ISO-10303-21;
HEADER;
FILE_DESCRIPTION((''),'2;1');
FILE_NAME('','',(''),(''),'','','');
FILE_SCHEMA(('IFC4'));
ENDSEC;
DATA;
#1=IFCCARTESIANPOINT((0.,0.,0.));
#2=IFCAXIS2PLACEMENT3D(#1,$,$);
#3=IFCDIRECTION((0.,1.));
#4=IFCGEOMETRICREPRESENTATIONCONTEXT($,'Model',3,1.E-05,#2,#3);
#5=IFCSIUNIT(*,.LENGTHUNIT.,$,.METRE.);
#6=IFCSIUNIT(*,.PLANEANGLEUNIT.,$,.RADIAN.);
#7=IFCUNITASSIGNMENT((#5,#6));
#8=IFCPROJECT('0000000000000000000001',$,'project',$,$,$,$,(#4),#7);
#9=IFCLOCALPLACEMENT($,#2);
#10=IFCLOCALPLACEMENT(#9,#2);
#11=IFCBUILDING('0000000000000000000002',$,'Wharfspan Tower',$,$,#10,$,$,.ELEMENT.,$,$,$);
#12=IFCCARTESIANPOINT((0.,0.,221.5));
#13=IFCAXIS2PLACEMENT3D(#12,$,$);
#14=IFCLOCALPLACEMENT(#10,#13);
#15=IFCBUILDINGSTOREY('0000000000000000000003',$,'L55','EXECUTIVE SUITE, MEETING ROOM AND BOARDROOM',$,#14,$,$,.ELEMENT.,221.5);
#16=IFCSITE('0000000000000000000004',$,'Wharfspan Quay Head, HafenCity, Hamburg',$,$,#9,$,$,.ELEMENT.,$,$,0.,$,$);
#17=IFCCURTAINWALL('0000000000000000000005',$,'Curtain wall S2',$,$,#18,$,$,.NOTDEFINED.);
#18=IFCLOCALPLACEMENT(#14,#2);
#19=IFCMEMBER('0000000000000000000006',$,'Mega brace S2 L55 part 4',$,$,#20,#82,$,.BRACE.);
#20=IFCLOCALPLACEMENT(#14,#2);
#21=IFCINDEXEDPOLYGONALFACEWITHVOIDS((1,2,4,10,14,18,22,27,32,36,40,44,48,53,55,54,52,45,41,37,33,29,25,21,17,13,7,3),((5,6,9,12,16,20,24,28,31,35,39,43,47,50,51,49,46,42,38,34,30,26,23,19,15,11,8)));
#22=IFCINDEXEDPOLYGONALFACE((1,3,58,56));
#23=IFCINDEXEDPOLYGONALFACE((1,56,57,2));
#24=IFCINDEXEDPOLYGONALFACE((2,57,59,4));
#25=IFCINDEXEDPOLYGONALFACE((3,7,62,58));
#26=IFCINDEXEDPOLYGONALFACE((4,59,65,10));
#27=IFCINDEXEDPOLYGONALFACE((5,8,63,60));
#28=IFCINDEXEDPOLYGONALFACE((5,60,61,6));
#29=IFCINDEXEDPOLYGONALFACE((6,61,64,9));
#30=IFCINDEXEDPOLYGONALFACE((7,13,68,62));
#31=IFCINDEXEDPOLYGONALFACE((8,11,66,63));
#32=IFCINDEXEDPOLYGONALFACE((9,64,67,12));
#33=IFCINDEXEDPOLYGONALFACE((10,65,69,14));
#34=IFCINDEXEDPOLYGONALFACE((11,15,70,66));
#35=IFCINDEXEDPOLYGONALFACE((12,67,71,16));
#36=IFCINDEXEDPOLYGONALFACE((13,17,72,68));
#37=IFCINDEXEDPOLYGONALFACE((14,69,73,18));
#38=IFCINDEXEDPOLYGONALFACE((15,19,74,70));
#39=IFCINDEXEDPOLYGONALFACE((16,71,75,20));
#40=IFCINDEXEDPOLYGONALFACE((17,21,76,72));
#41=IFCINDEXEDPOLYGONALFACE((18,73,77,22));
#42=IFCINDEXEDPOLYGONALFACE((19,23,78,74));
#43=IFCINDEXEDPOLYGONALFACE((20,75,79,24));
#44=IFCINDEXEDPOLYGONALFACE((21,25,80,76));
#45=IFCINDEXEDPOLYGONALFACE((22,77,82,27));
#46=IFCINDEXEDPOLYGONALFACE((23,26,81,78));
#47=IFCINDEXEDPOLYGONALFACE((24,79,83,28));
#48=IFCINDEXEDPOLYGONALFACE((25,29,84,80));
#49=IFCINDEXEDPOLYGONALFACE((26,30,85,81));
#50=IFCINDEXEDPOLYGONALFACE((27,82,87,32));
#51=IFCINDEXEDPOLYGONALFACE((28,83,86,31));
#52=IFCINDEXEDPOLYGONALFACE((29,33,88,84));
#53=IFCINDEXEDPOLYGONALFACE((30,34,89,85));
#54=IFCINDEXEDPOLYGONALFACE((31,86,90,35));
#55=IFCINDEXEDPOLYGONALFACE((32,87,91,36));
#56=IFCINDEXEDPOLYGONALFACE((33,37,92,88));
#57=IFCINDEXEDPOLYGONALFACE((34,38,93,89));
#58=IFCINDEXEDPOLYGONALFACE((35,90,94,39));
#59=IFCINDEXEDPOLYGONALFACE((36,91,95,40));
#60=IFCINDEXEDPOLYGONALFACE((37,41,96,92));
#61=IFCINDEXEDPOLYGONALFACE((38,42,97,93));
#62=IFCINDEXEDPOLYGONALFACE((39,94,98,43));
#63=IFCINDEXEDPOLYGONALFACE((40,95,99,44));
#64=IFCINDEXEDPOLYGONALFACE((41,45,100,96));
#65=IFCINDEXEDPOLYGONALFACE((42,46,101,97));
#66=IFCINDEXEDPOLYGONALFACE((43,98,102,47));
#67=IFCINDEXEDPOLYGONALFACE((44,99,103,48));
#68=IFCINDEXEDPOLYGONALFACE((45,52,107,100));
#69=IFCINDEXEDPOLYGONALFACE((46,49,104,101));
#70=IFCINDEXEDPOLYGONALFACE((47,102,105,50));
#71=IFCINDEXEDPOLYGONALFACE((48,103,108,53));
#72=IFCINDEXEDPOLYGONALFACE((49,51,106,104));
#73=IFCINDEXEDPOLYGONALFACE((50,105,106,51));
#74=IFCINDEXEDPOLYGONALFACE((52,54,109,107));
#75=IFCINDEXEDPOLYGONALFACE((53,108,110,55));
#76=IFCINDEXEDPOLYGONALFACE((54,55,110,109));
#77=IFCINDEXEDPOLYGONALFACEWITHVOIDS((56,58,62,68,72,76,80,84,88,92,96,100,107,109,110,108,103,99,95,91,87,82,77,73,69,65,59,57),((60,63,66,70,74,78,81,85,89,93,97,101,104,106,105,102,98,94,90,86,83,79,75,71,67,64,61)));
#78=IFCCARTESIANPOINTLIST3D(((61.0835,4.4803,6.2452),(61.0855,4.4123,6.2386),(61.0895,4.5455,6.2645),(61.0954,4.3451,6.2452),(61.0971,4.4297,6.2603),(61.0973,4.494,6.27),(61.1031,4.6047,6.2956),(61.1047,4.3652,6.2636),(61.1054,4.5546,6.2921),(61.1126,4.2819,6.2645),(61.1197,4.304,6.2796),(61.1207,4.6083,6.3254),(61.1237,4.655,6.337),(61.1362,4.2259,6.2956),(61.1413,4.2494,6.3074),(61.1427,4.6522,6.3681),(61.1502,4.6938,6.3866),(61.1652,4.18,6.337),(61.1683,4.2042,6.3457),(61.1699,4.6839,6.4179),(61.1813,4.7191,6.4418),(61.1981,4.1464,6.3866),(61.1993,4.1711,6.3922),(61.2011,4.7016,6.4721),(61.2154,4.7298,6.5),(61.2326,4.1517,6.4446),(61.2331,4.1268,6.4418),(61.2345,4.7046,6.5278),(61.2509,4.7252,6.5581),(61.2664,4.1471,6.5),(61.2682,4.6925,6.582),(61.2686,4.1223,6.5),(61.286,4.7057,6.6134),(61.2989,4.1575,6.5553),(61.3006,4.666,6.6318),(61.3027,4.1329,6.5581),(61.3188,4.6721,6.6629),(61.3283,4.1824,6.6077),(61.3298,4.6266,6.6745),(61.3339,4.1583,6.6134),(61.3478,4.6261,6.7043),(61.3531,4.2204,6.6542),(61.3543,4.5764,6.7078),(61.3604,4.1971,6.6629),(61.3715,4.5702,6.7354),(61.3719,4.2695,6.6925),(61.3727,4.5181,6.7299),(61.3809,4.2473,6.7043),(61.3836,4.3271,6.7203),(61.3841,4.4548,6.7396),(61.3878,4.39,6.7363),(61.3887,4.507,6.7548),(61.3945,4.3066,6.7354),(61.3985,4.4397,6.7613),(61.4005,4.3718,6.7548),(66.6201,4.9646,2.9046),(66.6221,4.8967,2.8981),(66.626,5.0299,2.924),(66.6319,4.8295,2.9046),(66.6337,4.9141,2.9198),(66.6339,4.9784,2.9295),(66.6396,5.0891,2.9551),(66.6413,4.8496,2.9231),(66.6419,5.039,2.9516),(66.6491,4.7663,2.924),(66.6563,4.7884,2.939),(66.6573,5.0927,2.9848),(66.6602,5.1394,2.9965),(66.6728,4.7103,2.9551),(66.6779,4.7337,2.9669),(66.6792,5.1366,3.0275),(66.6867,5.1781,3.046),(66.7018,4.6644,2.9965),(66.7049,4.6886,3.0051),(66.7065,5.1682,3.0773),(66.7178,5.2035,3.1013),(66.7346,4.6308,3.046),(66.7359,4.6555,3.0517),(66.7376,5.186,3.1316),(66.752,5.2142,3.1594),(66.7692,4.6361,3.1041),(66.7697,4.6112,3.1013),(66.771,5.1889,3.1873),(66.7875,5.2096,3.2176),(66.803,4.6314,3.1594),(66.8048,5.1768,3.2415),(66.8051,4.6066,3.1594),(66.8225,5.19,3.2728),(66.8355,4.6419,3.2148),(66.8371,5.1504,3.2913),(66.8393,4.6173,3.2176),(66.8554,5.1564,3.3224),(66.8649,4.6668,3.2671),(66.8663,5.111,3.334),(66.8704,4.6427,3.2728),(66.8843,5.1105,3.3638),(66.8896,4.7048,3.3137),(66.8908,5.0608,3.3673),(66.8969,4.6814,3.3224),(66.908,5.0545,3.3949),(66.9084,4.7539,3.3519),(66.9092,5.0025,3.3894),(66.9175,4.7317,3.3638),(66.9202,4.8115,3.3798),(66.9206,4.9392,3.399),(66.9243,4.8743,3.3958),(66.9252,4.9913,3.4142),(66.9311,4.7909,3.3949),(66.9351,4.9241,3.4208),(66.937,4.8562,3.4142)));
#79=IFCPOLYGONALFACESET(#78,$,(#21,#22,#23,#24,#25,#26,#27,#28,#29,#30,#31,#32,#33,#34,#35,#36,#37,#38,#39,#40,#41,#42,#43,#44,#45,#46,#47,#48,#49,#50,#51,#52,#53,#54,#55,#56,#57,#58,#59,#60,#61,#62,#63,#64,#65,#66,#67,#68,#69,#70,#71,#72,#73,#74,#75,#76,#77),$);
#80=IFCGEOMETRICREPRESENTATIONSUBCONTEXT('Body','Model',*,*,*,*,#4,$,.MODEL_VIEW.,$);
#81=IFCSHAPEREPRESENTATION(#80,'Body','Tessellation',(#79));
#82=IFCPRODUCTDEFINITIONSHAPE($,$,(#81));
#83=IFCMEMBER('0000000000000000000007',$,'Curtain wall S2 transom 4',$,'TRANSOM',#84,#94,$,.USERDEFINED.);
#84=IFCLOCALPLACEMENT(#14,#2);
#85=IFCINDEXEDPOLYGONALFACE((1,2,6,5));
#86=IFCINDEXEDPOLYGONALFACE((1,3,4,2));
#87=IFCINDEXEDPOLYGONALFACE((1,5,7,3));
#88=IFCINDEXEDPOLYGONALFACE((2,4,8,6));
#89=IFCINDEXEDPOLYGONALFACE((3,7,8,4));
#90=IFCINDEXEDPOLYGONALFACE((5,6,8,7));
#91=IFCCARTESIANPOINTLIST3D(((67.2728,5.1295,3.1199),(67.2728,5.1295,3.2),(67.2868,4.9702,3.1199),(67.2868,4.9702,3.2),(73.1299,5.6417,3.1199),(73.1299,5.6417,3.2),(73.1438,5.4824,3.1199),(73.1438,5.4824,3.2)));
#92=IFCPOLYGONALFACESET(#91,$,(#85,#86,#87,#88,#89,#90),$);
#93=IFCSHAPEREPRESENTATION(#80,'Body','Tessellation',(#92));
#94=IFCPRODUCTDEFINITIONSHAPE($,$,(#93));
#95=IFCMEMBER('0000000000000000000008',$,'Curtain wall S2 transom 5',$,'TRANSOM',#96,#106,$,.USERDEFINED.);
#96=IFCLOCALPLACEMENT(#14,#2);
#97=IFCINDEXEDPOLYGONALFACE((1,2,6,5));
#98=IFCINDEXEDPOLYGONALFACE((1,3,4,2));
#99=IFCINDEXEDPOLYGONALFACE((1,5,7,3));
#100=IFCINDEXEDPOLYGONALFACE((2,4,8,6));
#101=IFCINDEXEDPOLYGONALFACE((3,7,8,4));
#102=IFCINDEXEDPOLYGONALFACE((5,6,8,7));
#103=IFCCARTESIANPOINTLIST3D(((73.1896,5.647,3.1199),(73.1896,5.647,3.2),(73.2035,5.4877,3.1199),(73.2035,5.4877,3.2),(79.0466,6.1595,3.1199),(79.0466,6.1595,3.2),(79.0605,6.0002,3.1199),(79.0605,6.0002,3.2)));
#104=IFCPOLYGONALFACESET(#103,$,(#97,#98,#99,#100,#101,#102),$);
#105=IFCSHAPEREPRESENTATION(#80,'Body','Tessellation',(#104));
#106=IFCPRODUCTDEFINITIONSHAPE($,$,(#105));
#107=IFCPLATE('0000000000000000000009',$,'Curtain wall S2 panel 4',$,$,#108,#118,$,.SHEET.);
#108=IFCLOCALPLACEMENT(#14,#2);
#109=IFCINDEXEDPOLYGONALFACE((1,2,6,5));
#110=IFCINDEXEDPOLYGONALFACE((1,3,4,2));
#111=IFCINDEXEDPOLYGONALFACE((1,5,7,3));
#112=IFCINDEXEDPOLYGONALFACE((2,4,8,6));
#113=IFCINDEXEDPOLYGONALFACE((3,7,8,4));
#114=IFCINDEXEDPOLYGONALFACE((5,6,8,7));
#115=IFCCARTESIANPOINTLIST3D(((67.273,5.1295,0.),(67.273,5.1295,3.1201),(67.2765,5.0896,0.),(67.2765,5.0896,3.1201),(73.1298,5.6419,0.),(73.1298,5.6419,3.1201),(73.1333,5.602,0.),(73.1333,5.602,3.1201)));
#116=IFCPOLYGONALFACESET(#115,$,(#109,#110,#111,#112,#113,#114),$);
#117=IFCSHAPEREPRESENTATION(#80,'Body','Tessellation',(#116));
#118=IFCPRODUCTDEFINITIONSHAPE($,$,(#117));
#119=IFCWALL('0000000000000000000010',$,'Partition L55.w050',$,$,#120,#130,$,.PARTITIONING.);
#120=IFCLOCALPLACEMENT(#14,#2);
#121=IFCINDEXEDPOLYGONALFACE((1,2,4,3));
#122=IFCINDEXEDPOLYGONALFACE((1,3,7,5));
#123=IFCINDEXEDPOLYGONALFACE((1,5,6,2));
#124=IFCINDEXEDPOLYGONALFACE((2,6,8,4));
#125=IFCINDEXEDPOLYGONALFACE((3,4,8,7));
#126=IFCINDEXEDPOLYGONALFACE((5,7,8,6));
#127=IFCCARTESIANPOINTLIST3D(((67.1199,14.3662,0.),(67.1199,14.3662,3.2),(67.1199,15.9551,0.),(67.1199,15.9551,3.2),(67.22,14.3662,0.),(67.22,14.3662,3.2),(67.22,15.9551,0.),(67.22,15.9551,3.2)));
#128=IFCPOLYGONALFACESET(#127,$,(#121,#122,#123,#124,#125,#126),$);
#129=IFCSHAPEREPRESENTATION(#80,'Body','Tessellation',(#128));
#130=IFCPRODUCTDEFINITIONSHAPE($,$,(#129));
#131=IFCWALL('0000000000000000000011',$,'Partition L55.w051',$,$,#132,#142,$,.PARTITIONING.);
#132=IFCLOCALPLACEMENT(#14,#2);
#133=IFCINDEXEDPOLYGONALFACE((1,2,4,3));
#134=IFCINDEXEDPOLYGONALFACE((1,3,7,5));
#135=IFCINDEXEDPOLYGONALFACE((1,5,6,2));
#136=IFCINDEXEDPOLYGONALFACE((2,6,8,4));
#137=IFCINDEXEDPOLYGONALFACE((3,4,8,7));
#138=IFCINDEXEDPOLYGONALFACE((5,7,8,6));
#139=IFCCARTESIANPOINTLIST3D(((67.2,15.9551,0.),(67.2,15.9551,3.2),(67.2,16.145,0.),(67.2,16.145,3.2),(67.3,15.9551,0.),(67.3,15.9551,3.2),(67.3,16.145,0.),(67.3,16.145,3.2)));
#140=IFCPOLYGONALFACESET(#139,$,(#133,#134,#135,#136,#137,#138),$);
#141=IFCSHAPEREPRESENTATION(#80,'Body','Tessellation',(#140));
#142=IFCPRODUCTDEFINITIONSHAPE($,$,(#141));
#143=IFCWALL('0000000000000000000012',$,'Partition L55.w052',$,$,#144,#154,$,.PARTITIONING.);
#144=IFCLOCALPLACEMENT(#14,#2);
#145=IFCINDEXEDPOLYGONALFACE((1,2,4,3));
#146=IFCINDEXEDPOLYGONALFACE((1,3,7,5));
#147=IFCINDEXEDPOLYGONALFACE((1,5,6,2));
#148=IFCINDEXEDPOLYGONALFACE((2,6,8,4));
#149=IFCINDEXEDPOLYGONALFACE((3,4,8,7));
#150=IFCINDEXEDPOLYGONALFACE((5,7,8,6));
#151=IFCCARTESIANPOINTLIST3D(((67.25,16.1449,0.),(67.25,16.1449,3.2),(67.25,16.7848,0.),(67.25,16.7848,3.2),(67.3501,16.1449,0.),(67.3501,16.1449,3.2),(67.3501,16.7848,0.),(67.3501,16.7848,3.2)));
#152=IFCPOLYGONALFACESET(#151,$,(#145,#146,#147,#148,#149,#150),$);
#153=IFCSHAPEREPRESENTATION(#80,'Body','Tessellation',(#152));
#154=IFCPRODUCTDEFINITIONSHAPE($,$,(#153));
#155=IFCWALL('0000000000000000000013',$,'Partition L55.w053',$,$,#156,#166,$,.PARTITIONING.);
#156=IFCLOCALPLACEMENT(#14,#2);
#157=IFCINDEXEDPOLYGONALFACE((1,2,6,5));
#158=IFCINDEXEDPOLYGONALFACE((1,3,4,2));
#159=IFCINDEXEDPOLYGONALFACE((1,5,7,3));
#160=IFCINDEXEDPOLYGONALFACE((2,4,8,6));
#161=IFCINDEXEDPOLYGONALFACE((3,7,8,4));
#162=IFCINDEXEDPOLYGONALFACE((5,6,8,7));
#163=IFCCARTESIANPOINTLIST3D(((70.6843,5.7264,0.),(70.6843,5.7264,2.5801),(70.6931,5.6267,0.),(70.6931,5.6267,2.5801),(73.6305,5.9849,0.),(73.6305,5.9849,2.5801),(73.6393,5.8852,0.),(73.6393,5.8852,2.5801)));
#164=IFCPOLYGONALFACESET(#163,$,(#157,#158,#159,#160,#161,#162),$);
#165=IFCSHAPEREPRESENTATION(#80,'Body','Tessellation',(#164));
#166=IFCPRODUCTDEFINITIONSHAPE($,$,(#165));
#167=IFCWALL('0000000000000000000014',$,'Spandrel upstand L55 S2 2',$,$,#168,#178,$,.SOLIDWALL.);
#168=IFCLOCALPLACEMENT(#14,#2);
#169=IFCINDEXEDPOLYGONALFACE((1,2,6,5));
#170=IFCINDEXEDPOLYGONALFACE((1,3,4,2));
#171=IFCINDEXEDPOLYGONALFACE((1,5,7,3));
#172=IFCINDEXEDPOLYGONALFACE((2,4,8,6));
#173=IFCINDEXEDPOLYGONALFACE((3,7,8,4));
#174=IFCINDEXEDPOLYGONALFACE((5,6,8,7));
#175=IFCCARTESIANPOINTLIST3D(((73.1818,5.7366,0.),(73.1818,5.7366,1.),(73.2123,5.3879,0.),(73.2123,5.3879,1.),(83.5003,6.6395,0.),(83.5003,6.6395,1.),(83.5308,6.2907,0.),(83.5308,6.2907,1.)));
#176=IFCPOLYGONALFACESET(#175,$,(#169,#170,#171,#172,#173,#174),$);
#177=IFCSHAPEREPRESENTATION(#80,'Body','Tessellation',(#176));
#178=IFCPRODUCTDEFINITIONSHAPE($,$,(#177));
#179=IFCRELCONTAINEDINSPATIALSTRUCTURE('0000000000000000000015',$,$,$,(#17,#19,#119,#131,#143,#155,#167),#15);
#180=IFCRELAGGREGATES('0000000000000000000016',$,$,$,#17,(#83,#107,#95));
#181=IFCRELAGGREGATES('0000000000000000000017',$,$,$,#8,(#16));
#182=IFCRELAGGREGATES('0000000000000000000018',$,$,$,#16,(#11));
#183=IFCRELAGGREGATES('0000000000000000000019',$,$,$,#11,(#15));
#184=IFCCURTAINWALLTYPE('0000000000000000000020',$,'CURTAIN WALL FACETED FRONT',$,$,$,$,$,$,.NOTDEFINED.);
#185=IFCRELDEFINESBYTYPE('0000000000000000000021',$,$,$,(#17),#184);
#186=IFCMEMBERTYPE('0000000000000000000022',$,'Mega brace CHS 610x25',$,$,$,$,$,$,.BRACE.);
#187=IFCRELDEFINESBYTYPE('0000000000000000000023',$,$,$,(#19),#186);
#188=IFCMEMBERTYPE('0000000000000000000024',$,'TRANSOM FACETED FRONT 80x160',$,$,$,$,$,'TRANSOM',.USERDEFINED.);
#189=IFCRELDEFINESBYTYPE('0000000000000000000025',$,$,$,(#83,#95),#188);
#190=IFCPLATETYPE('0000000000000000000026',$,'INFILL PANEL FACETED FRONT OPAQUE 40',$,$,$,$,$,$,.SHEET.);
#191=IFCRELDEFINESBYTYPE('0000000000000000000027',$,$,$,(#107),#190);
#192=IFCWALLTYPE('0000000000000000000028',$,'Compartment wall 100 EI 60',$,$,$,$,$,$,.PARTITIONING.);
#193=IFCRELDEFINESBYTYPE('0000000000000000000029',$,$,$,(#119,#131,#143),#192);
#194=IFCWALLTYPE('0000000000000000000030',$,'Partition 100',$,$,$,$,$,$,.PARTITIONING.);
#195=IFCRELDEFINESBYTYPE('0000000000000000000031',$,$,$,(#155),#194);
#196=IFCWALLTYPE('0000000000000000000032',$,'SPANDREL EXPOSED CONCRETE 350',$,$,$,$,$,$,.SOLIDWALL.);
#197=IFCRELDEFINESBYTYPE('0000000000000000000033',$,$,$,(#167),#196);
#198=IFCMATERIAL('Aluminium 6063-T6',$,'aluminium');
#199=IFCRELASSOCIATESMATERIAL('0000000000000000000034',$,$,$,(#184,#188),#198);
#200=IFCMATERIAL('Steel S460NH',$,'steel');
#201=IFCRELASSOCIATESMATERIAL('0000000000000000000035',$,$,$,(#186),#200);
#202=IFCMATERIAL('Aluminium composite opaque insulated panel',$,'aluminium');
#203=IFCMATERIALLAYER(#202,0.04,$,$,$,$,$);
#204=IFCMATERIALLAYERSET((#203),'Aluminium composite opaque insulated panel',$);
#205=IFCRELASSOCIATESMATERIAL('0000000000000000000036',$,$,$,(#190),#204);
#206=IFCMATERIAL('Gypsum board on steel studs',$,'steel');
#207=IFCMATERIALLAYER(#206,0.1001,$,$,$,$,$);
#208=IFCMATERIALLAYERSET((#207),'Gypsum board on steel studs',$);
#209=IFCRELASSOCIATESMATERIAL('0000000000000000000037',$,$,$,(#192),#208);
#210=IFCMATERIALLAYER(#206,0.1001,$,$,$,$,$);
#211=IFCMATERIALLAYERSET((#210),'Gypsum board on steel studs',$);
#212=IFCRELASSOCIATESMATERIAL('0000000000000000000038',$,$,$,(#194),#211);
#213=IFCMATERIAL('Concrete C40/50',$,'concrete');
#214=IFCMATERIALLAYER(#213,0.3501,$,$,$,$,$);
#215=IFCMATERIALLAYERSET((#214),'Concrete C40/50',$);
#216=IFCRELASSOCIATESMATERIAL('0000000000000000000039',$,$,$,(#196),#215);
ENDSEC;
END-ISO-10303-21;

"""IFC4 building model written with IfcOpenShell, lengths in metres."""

from ifc_helpers import new_model, si_unit, direction, frame, frame_2d, origin, origin_2d, place, context, subcontext, project, spatial, rectangle, hollow_circle, extrude, material, layer, layer_set, material_profile, profile_set, type_object, element, aggregate, save


model = new_model("IFC4")

# Units and contexts
model_context = context("Model", 3, precision=1e-05, world=origin(), true_north=direction((0.0, 1.0)))
body_context = subcontext(model_context, "Body", "Model", "MODEL_VIEW")
ifc_project = project(units=[si_unit("LENGTHUNIT", "METRE"), si_unit("PLANEANGLEUNIT", "RADIAN")], contexts=[model_context])

# Site, building, storey
site_placement = place(None, origin())
site = spatial("IfcSite", under=ifc_project, at=site_placement, Name="Wharfspan Quay Head, HafenCity, Hamburg", CompositionType="ELEMENT", RefElevation=0.0)
building_placement = place(site_placement, origin())
building = spatial("IfcBuilding", under=site, at=building_placement, Name="Wharfspan Tower", CompositionType="ELEMENT")
storey_placement = place(building_placement, frame((0.0, 0.0, 221.5)))
storey = spatial("IfcBuildingStorey", under=building, at=storey_placement, Name="L55", Description="EXECUTIVE SUITE, MEETING ROOM AND BOARDROOM", CompositionType="ELEMENT", Elevation=221.5)

# Curtain wall
ifc_material_1 = material(Name="Aluminium 6063-T6", Category="aluminium")
curtain_wall_type = type_object("IfcCurtainWallType", Name="CURTAIN WALL FACETED FRONT", PredefinedType="NOTDEFINED", material=ifc_material_1)
curtain_wall_placement = place(storey_placement, origin())
curtain_wall = element("IfcCurtainWall", 1, at=curtain_wall_placement, inside=storey, type_object=curtain_wall_type, Name="Curtain wall S2", PredefinedType="NOTDEFINED")

# Member
ifc_material_2 = material(Name="Steel S460NH", Category="steel")
ifc_material_profile_1 = material_profile(ifc_material_2, hollow_circle(Radius=0.3049, WallThickness=0.0249, at=origin_2d()))
ifc_profile_set_1 = profile_set([ifc_material_profile_1], Name="Steel S460NH")
member_type_1 = type_object("IfcMemberType", Name="Mega brace CHS 610x25", PredefinedType="BRACE", material=ifc_profile_set_1)
for number, where, z_axis, x_axis, name in (
    (2, (66.7786, 4.9104, 3.1594), (-0.853829, -0.074698, 0.515166), (0.087155, -0.996197, 0.000003), "Mega brace S2 L55 part 4"),
):
    element("IfcMember", number, at=place(storey_placement, frame(where, z_axis=z_axis, x_axis=x_axis)), inside=storey, type_object=member_type_1, Name=name, PredefinedType="BRACE", context=body_context, shape_type="SweptSolid", body=[
        extrude(hollow_circle(Radius=0.3049, WallThickness=0.0249, at=origin_2d()), origin(), (0.0, 0.0, 1.0), 6.4844),
    ])

# Members
ifc_material_profile_2 = material_profile(ifc_material_1, rectangle(XDim=0.1599, YDim=0.0801, at=origin_2d()))
ifc_profile_set_2 = profile_set([ifc_material_profile_2], Name="Aluminium 6063-T6")
member_type_2 = type_object("IfcMemberType", Name="TRANSOM FACETED FRONT 80x160", ElementType="TRANSOM", PredefinedType="USERDEFINED", material=ifc_profile_set_2)
member_1_placement = place(storey_placement, frame((67.2798, 5.0498, 3.1599), z_axis=(0.996198, 0.087121, 0.0), x_axis=(-0.087121, 0.996198, 0.0)))
member_1 = element("IfcMember", 3, at=member_1_placement, type_object=member_type_2, Name="Curtain wall S2 transom 4", ObjectType="TRANSOM", PredefinedType="USERDEFINED", context=body_context, shape_type="SweptSolid", body=[
    extrude(rectangle(XDim=0.1599, YDim=0.0801, at=origin_2d()), origin(), (0.0, 0.0, 1.0), 5.8794),
])
member_2_placement = place(storey_placement, frame((73.1965, 5.5674, 3.1599), z_axis=(0.996194, 0.087162, 0.0), x_axis=(-0.087162, 0.996194, 0.0)))
member_2 = element("IfcMember", 4, at=member_2_placement, type_object=member_type_2, Name="Curtain wall S2 transom 5", ObjectType="TRANSOM", PredefinedType="USERDEFINED", context=body_context, shape_type="SweptSolid", body=[
    extrude(rectangle(XDim=0.1599, YDim=0.0801, at=origin_2d()), origin(), (0.0, 0.0, 1.0), 5.8794),
])

# Plate
ifc_material_3 = material(Name="Aluminium composite opaque insulated panel", Category="aluminium")
ifc_layer_1 = layer(ifc_material_3, 0.04)
ifc_layer_set_1 = layer_set([ifc_layer_1], Name="Aluminium composite opaque insulated panel")
plate_type = type_object("IfcPlateType", Name="INFILL PANEL FACETED FRONT OPAQUE 40", PredefinedType="SHEET", material=ifc_layer_set_1)
plate_placement = place(storey_placement, frame((70.2031, 5.3657, 0.0), z_axis=(0.0, 0.0, 1.0), x_axis=(0.996197, 0.087156, 0.0)))
plate = element("IfcPlate", 5, at=plate_placement, type_object=plate_type, Name="Curtain wall S2 panel 4", PredefinedType="SHEET", context=body_context, shape_type="SweptSolid", body=[
    extrude(rectangle(XDim=5.8792, YDim=0.04, at=origin_2d()), origin(), (0.0, 0.0, 1.0), 3.1201),
])
aggregate(curtain_wall, [member_1, plate, member_2])

# Walls
ifc_material_4 = material(Name="Gypsum board on steel studs", Category="steel")
ifc_layer_2 = layer(ifc_material_4, 0.1001)
ifc_layer_set_2 = layer_set([ifc_layer_2], Name="Gypsum board on steel studs")
wall_type_1 = type_object("IfcWallType", Name="Compartment wall 100 EI 60", PredefinedType="PARTITIONING", material=ifc_layer_set_2)
wall_1_placement = place(storey_placement, frame((67.1699, 14.3662, 0.0), z_axis=(0.0, 0.0, 1.0), x_axis=(0.0, 1.0, 0.0)))
element("IfcWall", 6, at=wall_1_placement, inside=storey, type_object=wall_type_1, Name="Partition L55.w050", PredefinedType="PARTITIONING", context=body_context, shape_type="SweptSolid", body=[
    extrude(rectangle(XDim=1.5889, YDim=0.1001, at=frame_2d((0.7944, 0.0))), origin(), (0.0, 0.0, 1.0), 3.2),
])
wall_2_placement = place(storey_placement, frame((67.25, 15.9551, 0.0), z_axis=(0.0, 0.0, 1.0), x_axis=(0.0, 1.0, 0.0)))
element("IfcWall", 7, at=wall_2_placement, inside=storey, type_object=wall_type_1, Name="Partition L55.w051", PredefinedType="PARTITIONING", context=body_context, shape_type="SweptSolid", body=[
    extrude(rectangle(XDim=0.1899, YDim=0.1001, at=frame_2d((0.095, 0.0))), origin(), (0.0, 0.0, 1.0), 3.2),
])
wall_3_placement = place(storey_placement, frame((67.3, 16.145, 0.0), z_axis=(0.0, 0.0, 1.0), x_axis=(0.0, 1.0, 0.0)))
element("IfcWall", 8, at=wall_3_placement, inside=storey, type_object=wall_type_1, Name="Partition L55.w052", PredefinedType="PARTITIONING", context=body_context, shape_type="SweptSolid", body=[
    extrude(rectangle(XDim=0.6399, YDim=0.1001, at=frame_2d((0.3198, 0.0))), origin(), (0.0, 0.0, 1.0), 3.2),
])
ifc_layer_3 = layer(ifc_material_4, 0.1001)
ifc_layer_set_3 = layer_set([ifc_layer_3], Name="Gypsum board on steel studs")
wall_type_2 = type_object("IfcWallType", Name="Partition 100", PredefinedType="PARTITIONING", material=ifc_layer_set_3)
wall_4_placement = place(storey_placement, frame((70.6887, 5.6765, 0.0), z_axis=(0.0, 0.0, 1.0), x_axis=(0.996174, 0.087417, 0.0)))
element("IfcWall", 9, at=wall_4_placement, inside=storey, type_object=wall_type_2, Name="Partition L55.w053", PredefinedType="PARTITIONING", context=body_context, shape_type="SweptSolid", body=[
    extrude(rectangle(XDim=2.9575, YDim=0.1001, at=frame_2d((1.4788, 0.0))), origin(), (0.0, 0.0, 1.0), 2.5801),
])
ifc_material_5 = material(Name="Concrete C40/50", Category="concrete")
ifc_layer_4 = layer(ifc_material_5, 0.3501)
ifc_layer_set_4 = layer_set([ifc_layer_4], Name="Concrete C40/50")
wall_type_3 = type_object("IfcWallType", Name="SPANDREL EXPOSED CONCRETE 350", PredefinedType="SOLIDWALL", material=ifc_layer_set_4)
wall_5_placement = place(storey_placement, frame((73.197, 5.5623, 0.0), z_axis=(0.0, 0.0, 1.0), x_axis=(0.996198, 0.087163, 0.0)))
element("IfcWall", 10, at=wall_5_placement, inside=storey, type_object=wall_type_3, Name="Spandrel upstand L55 S2 2", PredefinedType="SOLIDWALL", context=body_context, shape_type="SweptSolid", body=[
    extrude(rectangle(XDim=10.3579, YDim=0.3501, at=frame_2d((5.179, 0.0))), origin(), (0.0, 0.0, 1.0), 1.0),
])

save(model, "model.ifc")
